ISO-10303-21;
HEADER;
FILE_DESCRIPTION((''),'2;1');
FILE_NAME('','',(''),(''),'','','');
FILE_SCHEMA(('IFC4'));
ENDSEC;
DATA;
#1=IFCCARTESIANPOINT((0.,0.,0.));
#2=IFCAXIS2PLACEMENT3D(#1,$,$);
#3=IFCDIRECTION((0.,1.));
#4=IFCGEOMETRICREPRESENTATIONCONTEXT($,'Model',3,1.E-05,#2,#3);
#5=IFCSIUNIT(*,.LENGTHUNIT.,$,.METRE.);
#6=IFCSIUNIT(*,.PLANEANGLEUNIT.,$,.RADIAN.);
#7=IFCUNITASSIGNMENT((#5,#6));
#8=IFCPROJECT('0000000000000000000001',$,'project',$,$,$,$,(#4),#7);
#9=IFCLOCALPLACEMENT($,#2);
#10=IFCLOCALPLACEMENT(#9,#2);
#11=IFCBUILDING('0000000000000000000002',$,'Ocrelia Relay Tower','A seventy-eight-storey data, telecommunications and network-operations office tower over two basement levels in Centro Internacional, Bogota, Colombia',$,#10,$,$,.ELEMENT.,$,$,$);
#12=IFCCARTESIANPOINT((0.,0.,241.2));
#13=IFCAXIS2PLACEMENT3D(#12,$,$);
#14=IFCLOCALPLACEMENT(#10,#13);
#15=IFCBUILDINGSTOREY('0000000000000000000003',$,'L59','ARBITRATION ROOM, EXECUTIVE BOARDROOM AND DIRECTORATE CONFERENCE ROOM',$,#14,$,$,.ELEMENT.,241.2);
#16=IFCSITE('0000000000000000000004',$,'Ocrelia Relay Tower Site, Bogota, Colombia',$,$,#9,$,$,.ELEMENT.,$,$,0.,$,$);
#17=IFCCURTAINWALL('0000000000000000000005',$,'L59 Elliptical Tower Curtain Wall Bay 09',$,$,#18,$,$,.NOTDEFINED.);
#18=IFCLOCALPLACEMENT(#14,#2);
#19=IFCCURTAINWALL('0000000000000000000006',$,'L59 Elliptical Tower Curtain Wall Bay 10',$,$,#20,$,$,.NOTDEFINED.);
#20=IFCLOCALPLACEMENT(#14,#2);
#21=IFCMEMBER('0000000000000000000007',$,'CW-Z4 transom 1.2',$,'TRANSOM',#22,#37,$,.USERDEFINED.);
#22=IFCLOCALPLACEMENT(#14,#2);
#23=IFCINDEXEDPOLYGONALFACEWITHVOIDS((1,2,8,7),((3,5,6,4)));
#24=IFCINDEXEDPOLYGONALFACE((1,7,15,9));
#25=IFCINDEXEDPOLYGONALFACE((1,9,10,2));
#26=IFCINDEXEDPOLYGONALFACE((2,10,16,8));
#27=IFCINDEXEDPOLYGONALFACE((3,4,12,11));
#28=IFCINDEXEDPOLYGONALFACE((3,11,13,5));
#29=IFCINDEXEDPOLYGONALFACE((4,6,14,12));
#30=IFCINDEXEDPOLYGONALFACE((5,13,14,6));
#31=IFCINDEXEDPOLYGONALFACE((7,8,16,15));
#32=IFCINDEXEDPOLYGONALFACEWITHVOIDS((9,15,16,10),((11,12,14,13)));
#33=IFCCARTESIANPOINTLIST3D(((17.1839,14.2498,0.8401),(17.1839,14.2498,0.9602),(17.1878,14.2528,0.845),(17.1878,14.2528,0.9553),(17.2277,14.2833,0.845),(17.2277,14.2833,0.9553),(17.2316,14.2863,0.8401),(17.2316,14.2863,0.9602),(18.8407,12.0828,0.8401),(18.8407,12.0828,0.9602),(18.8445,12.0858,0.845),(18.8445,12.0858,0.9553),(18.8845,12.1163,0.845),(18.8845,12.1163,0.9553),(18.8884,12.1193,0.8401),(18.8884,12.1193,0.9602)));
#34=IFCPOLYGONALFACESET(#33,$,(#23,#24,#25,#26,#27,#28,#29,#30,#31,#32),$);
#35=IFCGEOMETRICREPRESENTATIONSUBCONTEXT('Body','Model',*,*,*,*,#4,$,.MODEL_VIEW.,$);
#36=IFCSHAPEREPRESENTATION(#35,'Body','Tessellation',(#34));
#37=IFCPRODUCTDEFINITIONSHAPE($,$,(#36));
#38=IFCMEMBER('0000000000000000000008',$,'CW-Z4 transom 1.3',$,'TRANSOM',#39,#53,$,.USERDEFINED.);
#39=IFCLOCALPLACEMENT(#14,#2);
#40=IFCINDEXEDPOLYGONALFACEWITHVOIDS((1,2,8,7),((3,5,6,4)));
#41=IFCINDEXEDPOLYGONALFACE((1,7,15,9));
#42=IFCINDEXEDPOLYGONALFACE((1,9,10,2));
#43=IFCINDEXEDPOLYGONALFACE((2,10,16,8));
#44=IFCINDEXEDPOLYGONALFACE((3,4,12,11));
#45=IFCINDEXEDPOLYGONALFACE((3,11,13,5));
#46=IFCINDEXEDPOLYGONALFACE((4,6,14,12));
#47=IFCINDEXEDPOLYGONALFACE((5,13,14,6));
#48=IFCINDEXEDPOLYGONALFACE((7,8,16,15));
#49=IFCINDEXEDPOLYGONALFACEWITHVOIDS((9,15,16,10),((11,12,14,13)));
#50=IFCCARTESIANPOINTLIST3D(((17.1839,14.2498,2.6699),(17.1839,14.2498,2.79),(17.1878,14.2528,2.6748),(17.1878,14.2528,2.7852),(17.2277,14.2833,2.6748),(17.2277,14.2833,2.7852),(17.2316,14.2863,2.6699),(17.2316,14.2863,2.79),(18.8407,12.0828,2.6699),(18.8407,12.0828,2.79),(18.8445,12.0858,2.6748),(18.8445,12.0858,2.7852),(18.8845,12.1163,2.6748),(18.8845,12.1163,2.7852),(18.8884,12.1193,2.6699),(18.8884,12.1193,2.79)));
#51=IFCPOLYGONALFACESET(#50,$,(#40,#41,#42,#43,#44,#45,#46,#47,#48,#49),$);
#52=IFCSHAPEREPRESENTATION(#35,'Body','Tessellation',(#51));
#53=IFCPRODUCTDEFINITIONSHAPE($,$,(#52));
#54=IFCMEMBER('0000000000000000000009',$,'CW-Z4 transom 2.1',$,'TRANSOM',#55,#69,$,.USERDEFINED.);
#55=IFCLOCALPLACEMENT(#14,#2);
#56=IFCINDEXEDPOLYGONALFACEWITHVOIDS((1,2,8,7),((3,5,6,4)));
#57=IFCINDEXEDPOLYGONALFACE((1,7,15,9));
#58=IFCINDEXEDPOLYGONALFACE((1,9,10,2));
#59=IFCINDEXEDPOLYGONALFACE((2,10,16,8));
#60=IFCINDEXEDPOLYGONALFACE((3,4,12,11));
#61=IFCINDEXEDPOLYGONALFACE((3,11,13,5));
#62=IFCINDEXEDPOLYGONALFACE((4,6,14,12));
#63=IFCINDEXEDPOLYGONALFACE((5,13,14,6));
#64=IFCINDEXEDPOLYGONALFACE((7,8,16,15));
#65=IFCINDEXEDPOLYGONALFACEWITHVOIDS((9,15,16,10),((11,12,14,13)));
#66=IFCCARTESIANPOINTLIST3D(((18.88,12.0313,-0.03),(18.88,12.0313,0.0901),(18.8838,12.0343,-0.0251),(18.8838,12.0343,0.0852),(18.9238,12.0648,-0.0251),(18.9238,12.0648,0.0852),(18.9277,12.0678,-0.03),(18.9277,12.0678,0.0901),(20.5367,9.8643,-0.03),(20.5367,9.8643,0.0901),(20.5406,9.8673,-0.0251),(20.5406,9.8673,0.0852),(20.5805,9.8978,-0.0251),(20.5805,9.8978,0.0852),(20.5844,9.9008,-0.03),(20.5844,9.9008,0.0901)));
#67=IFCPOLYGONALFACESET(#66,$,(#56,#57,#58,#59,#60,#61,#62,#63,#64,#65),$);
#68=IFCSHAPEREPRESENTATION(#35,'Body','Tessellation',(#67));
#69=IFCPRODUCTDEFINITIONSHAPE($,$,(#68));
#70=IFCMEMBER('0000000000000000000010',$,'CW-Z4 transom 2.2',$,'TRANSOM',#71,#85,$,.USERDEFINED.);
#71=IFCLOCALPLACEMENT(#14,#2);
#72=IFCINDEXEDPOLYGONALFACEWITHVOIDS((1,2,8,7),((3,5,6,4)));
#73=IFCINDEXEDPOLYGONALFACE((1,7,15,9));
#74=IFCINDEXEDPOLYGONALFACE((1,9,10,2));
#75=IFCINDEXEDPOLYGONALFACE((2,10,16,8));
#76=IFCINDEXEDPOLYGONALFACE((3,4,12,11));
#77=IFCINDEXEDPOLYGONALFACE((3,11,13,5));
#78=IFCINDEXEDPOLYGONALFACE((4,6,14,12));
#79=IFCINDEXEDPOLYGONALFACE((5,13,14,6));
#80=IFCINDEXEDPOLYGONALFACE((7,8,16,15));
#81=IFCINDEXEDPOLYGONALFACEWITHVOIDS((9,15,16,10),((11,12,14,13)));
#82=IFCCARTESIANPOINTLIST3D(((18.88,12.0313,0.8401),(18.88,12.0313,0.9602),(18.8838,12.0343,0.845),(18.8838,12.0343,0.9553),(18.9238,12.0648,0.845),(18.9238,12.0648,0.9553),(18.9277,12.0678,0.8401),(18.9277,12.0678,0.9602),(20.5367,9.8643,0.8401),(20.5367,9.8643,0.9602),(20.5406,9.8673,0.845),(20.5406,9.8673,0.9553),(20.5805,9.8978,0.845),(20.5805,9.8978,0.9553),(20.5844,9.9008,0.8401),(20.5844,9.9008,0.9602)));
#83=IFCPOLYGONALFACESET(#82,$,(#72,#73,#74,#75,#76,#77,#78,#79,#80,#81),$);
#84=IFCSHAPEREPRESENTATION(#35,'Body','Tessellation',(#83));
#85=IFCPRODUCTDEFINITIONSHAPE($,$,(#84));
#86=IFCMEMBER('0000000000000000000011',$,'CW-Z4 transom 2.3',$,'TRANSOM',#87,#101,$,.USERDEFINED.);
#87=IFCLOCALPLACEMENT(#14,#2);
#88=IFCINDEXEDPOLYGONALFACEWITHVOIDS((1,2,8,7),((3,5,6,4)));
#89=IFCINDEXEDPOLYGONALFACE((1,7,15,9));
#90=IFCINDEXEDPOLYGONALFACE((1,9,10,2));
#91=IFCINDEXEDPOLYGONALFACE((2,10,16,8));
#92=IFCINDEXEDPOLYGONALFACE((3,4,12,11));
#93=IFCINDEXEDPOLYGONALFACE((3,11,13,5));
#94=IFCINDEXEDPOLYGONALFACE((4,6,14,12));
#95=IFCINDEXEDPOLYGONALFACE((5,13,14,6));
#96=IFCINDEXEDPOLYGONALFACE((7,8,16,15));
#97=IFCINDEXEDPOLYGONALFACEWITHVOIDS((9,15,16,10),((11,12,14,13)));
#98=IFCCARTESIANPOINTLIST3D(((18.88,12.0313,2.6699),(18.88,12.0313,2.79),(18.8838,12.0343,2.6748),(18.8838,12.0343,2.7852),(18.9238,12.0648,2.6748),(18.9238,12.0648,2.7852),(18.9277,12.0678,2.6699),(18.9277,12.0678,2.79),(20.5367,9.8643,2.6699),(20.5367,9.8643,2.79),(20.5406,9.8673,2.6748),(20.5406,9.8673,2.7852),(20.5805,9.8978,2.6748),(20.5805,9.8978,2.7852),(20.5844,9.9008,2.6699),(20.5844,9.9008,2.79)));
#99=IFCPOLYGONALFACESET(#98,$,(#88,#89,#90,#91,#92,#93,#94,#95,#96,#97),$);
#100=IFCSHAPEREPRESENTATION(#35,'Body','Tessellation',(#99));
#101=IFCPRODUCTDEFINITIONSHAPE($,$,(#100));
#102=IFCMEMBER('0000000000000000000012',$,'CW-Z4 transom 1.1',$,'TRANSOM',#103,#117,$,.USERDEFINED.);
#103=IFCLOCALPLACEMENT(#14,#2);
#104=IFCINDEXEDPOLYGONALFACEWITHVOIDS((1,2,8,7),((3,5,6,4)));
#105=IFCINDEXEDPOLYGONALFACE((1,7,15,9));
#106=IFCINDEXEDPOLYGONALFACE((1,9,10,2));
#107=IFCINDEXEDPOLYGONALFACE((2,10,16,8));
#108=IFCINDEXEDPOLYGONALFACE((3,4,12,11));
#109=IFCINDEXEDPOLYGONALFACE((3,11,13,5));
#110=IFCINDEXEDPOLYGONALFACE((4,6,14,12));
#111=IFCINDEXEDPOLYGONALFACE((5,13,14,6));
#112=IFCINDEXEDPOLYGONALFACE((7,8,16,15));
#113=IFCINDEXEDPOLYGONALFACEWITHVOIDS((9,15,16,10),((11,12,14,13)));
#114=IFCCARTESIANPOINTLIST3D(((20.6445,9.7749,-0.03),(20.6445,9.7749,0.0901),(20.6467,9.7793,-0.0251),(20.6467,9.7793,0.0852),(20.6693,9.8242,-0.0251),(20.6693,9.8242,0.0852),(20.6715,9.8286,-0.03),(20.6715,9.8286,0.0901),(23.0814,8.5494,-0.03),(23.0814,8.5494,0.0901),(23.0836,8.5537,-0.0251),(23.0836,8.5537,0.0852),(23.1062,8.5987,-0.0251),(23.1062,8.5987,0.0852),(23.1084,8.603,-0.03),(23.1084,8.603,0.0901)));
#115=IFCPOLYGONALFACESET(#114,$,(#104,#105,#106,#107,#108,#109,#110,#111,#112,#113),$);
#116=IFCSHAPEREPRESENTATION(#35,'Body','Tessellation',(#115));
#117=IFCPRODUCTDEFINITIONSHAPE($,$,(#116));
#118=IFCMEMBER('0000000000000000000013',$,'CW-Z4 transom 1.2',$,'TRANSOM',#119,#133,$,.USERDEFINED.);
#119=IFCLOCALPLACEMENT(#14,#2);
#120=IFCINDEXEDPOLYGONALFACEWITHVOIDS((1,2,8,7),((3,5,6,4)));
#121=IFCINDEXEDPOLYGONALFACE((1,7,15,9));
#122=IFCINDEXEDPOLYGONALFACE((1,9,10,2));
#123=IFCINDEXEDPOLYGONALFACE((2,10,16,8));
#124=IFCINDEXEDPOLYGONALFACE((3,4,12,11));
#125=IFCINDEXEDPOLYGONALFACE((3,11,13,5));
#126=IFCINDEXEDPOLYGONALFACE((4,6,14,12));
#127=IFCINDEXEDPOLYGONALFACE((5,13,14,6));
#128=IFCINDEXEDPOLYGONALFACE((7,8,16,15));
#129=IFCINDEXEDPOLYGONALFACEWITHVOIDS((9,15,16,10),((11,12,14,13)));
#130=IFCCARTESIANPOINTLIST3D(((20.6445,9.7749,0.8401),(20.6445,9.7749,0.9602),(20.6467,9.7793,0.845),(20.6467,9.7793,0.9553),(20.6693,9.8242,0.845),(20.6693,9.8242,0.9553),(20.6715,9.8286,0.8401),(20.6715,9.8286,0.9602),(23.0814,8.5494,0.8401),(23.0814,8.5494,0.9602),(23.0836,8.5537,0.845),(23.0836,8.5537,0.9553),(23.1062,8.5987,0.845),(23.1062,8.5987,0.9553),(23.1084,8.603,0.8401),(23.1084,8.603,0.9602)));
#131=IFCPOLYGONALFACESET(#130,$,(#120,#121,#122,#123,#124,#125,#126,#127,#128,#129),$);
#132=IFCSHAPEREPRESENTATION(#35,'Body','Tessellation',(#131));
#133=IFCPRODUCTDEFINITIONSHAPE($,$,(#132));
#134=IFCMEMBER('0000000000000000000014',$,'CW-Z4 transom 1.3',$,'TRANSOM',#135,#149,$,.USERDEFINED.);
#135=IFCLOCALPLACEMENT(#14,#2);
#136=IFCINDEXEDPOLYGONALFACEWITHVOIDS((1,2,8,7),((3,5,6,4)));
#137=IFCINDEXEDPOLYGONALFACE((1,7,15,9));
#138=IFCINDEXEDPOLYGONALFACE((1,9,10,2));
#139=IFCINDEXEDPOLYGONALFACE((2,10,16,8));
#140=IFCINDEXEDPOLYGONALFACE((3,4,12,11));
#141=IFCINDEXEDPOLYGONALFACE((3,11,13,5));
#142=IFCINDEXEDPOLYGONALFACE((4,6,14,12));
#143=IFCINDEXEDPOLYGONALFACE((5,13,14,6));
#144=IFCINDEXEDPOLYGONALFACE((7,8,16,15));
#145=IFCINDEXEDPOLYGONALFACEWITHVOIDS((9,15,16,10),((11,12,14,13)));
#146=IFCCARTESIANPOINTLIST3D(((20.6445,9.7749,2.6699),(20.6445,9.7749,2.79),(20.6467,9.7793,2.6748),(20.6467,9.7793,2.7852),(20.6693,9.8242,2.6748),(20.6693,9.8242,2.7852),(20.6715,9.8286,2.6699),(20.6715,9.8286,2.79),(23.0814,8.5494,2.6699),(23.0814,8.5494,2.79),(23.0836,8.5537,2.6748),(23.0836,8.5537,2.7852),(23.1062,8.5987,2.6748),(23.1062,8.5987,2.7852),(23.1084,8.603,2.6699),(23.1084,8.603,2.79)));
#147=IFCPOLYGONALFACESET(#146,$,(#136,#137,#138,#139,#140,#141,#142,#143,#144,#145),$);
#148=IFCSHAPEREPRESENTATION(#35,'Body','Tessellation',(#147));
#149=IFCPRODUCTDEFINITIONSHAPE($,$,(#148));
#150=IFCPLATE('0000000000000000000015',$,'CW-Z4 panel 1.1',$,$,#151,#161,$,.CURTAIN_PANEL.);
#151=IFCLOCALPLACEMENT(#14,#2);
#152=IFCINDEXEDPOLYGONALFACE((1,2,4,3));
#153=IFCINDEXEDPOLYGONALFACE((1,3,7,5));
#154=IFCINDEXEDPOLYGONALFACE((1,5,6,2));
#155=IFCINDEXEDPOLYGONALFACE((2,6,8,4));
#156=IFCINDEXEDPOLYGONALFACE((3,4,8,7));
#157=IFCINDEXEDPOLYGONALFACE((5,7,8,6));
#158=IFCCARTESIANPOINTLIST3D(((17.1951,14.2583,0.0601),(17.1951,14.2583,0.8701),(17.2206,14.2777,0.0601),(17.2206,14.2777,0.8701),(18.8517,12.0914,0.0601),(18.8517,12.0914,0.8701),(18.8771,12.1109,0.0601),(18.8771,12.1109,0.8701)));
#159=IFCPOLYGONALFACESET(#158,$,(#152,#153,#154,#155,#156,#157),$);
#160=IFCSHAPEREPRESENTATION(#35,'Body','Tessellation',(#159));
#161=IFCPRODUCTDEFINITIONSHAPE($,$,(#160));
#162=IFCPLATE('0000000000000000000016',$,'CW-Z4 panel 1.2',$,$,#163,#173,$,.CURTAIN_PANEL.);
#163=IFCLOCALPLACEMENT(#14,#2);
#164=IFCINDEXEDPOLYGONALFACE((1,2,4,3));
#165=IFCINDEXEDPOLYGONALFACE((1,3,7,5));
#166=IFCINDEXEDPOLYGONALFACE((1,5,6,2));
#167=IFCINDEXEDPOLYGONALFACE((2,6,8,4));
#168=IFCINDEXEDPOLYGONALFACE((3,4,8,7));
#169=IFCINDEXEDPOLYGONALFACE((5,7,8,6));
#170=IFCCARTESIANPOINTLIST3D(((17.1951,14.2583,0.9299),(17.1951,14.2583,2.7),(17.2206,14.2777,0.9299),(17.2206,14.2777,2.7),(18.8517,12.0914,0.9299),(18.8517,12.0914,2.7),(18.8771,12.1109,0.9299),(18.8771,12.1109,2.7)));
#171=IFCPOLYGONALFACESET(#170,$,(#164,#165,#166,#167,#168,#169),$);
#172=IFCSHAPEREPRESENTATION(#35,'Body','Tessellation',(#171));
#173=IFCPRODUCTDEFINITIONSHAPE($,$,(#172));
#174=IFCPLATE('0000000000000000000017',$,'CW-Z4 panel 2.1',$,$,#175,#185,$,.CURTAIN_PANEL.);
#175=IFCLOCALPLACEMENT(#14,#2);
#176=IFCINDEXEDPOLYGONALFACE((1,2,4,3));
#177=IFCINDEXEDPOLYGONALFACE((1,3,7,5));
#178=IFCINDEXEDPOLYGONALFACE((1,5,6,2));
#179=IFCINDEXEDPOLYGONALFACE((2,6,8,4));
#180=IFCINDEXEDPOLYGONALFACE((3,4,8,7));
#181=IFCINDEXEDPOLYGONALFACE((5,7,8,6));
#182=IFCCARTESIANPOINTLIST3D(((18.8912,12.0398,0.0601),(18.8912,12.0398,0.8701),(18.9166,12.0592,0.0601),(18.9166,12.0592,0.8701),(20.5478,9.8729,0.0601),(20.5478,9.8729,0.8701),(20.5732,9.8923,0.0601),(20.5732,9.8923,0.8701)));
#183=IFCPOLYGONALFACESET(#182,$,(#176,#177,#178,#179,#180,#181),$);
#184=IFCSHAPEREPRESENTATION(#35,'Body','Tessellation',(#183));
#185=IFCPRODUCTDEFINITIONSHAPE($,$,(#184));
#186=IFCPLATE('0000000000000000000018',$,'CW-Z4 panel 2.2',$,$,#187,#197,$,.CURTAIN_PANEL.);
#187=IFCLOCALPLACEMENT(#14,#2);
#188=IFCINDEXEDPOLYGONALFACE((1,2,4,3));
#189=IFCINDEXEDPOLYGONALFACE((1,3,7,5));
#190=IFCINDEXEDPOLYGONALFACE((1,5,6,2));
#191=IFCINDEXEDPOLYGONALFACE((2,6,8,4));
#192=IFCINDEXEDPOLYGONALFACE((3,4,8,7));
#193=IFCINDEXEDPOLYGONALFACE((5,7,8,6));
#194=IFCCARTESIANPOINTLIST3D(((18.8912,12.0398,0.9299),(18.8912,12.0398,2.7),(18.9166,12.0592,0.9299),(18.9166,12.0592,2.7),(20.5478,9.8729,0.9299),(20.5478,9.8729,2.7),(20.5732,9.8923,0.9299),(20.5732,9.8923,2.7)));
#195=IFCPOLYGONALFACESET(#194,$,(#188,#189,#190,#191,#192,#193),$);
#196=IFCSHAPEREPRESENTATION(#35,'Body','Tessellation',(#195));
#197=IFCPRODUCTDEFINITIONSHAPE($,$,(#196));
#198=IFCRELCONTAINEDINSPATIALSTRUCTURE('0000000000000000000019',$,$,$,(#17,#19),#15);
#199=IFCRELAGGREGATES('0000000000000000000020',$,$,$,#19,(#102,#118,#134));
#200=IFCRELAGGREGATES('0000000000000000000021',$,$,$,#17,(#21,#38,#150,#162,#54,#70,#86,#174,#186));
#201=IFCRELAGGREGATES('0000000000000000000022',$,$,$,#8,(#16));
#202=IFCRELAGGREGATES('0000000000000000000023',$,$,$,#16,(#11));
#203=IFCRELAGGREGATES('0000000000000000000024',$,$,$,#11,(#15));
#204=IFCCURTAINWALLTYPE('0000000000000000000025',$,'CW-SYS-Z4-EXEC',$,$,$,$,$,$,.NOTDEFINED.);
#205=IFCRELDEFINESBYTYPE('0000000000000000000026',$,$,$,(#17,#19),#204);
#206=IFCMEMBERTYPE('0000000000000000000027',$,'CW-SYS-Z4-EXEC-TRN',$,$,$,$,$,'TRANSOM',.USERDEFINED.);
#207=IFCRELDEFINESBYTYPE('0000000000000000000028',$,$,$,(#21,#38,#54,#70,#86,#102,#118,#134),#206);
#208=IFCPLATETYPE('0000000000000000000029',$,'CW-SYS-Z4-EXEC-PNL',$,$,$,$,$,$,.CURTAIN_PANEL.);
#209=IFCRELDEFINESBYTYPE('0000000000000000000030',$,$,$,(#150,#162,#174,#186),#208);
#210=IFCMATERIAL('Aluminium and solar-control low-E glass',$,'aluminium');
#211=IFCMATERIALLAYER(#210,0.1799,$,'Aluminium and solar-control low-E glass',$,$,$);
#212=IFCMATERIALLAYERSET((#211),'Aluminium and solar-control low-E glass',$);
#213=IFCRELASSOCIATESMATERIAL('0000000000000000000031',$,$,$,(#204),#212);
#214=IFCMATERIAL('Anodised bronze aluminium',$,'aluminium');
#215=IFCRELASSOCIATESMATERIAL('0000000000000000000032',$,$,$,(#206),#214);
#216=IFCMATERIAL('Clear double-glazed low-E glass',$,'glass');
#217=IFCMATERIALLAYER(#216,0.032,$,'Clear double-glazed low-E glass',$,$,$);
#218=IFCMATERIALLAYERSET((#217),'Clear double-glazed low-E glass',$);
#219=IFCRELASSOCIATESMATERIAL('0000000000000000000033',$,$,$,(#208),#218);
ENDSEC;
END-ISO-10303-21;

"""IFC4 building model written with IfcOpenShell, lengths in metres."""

from ifc_helpers import new_model, si_unit, direction, frame, origin, origin_2d, place, context, subcontext, project, spatial, rectangle, hollow_rectangle, extrude, material, layer, layer_set, material_profile, profile_set, type_object, element, aggregate, save


model = new_model("IFC4")

# Units and contexts
model_context = context("Model", 3, precision=1e-05, world=origin(), true_north=direction((0.0, 1.0)))
body_context = subcontext(model_context, "Body", "Model", "MODEL_VIEW")
ifc_project = project(units=[si_unit("LENGTHUNIT", "METRE"), si_unit("PLANEANGLEUNIT", "RADIAN")], contexts=[model_context])

# Site, building, storey
site_placement = place(None, origin())
site = spatial("IfcSite", under=ifc_project, at=site_placement, Name="Ocrelia Relay Tower Site, Bogota, Colombia", CompositionType="ELEMENT", RefElevation=0.0)
building_placement = place(site_placement, origin())
building = spatial("IfcBuilding", under=site, at=building_placement, Name="Ocrelia Relay Tower", Description="A seventy-eight-storey data, telecommunications and network-operations office tower over two basement levels in Centro Internacional, Bogota, Colombia", CompositionType="ELEMENT")
storey_placement = place(building_placement, frame((0.0, 0.0, 241.2)))
storey = spatial("IfcBuildingStorey", under=building, at=storey_placement, Name="L59", Description="ARBITRATION ROOM, EXECUTIVE BOARDROOM AND DIRECTORATE CONFERENCE ROOM", CompositionType="ELEMENT", Elevation=241.2)

# Curtain wall
ifc_material_1 = material(Name="Aluminium and solar-control low-E glass", Category="aluminium")
ifc_layer_1 = layer(ifc_material_1, 0.1799, Name="Aluminium and solar-control low-E glass")
ifc_layer_set_1 = layer_set([ifc_layer_1], Name="Aluminium and solar-control low-E glass")
curtain_wall_type = type_object("IfcCurtainWallType", Name="CW-SYS-Z4-EXEC", PredefinedType="NOTDEFINED", material=ifc_layer_set_1)
curtain_wall_1_placement = place(storey_placement, origin())
curtain_wall_1 = element("IfcCurtainWall", 1, at=curtain_wall_1_placement, inside=storey, type_object=curtain_wall_type, Name="L59 Elliptical Tower Curtain Wall Bay 09", PredefinedType="NOTDEFINED")
ifc_material_2 = material(Name="Anodised bronze aluminium", Category="aluminium")

# Curtain wall
curtain_wall_2_placement = place(storey_placement, origin())
curtain_wall_2 = element("IfcCurtainWall", 2, at=curtain_wall_2_placement, inside=storey, type_object=curtain_wall_type, Name="L59 Elliptical Tower Curtain Wall Bay 10", PredefinedType="NOTDEFINED")

# Members
ifc_material_profile_1 = material_profile(ifc_material_2, hollow_rectangle(XDim=0.0601, YDim=0.1201, WallThickness=0.0049, at=origin_2d()), Name="CW-TRN-120x60")
ifc_profile_set_1 = profile_set([ifc_material_profile_1], Name="Anodised bronze aluminium")
member_type_1 = type_object("IfcMemberType", Name="CW-SYS-Z4-EXEC-TRN", ElementType="TRANSOM", PredefinedType="USERDEFINED", material=ifc_profile_set_1)
member_1_placement = place(storey_placement, frame((17.2078, 14.2681, 0.9001), z_axis=(0.607364, -0.794424, 0.0), x_axis=(0.794424, 0.607364, 0.0)))
member_1 = element("IfcMember", 3, at=member_1_placement, type_object=member_type_1, Name="CW-Z4 transom 1.2", ObjectType="TRANSOM", PredefinedType="USERDEFINED", context=body_context, shape_type="SweptSolid", body=[
    extrude(hollow_rectangle(XDim=0.0601, YDim=0.1201, WallThickness=0.0049, at=origin_2d()), origin(), (0.0, 0.0, 1.0), 2.7278),
])
member_2_placement = place(storey_placement, frame((17.2078, 14.2681, 2.73), z_axis=(0.607364, -0.794424, 0.0), x_axis=(0.794424, 0.607364, 0.0)))
member_2 = element("IfcMember", 4, at=member_2_placement, type_object=member_type_1, Name="CW-Z4 transom 1.3", ObjectType="TRANSOM", PredefinedType="USERDEFINED", context=body_context, shape_type="SweptSolid", body=[
    extrude(hollow_rectangle(XDim=0.0601, YDim=0.1201, WallThickness=0.0049, at=origin_2d()), origin(), (0.0, 0.0, 1.0), 2.7278),
])
member_3_placement = place(storey_placement, frame((18.9038, 12.0496, 0.03), z_axis=(0.607364, -0.794424, 0.0), x_axis=(0.794424, 0.607364, 0.0)))
member_3 = element("IfcMember", 5, at=member_3_placement, type_object=member_type_1, Name="CW-Z4 transom 2.1", ObjectType="TRANSOM", PredefinedType="USERDEFINED", context=body_context, shape_type="SweptSolid", body=[
    extrude(hollow_rectangle(XDim=0.0601, YDim=0.1201, WallThickness=0.0049, at=origin_2d()), origin(), (0.0, 0.0, 1.0), 2.7278),
])
member_4_placement = place(storey_placement, frame((18.9038, 12.0496, 0.9001), z_axis=(0.607364, -0.794424, 0.0), x_axis=(0.794424, 0.607364, 0.0)))
member_4 = element("IfcMember", 6, at=member_4_placement, type_object=member_type_1, Name="CW-Z4 transom 2.2", ObjectType="TRANSOM", PredefinedType="USERDEFINED", context=body_context, shape_type="SweptSolid", body=[
    extrude(hollow_rectangle(XDim=0.0601, YDim=0.1201, WallThickness=0.0049, at=origin_2d()), origin(), (0.0, 0.0, 1.0), 2.7278),
])
member_5_placement = place(storey_placement, frame((18.9038, 12.0496, 2.73), z_axis=(0.607364, -0.794424, 0.0), x_axis=(0.794424, 0.607364, 0.0)))
member_5 = element("IfcMember", 7, at=member_5_placement, type_object=member_type_1, Name="CW-Z4 transom 2.3", ObjectType="TRANSOM", PredefinedType="USERDEFINED", context=body_context, shape_type="SweptSolid", body=[
    extrude(hollow_rectangle(XDim=0.0601, YDim=0.1201, WallThickness=0.0049, at=origin_2d()), origin(), (0.0, 0.0, 1.0), 2.7278),
])
member_6_placement = place(storey_placement, frame((20.658, 9.8018, 0.03), z_axis=(0.893387, -0.449289, 0.0), x_axis=(0.449289, 0.893387, 0.0)))
member_6 = element("IfcMember", 8, at=member_6_placement, type_object=member_type_1, Name="CW-Z4 transom 1.1", ObjectType="TRANSOM", PredefinedType="USERDEFINED", context=body_context, shape_type="SweptSolid", body=[
    extrude(hollow_rectangle(XDim=0.0601, YDim=0.1201, WallThickness=0.0049, at=origin_2d()), origin(), (0.0, 0.0, 1.0), 2.7278),
])
member_7_placement = place(storey_placement, frame((20.658, 9.8018, 0.9001), z_axis=(0.893387, -0.449289, 0.0), x_axis=(0.449289, 0.893387, 0.0)))
member_7 = element("IfcMember", 9, at=member_7_placement, type_object=member_type_1, Name="CW-Z4 transom 1.2", ObjectType="TRANSOM", PredefinedType="USERDEFINED", context=body_context, shape_type="SweptSolid", body=[
    extrude(hollow_rectangle(XDim=0.0601, YDim=0.1201, WallThickness=0.0049, at=origin_2d()), origin(), (0.0, 0.0, 1.0), 2.7278),
])
member_8_placement = place(storey_placement, frame((20.658, 9.8018, 2.73), z_axis=(0.893387, -0.449289, 0.0), x_axis=(0.449289, 0.893387, 0.0)))
member_8 = element("IfcMember", 10, at=member_8_placement, type_object=member_type_1, Name="CW-Z4 transom 1.3", ObjectType="TRANSOM", PredefinedType="USERDEFINED", context=body_context, shape_type="SweptSolid", body=[
    extrude(hollow_rectangle(XDim=0.0601, YDim=0.1201, WallThickness=0.0049, at=origin_2d()), origin(), (0.0, 0.0, 1.0), 2.7278),
])
aggregate(curtain_wall_2, [member_6, member_7, member_8])

# Plates
ifc_material_3 = material(Name="Clear double-glazed low-E glass", Category="glass")
ifc_layer_2 = layer(ifc_material_3, 0.032, Name="Clear double-glazed low-E glass")
ifc_layer_set_2 = layer_set([ifc_layer_2], Name="Clear double-glazed low-E glass")
plate_type = type_object("IfcPlateType", Name="CW-SYS-Z4-EXEC-PNL", PredefinedType="CURTAIN_PANEL", material=ifc_layer_set_2)
plate_1_placement = place(storey_placement, frame((18.0361, 13.1846, 0.0601), z_axis=(0.0, 0.0, 1.0), x_axis=(0.607348, -0.794436, 0.0)))
plate_1 = element("IfcPlate", 11, at=plate_1_placement, type_object=plate_type, Name="CW-Z4 panel 1.1", PredefinedType="CURTAIN_PANEL", context=body_context, shape_type="SweptSolid", body=[
    extrude(rectangle(XDim=2.7275, YDim=0.032, at=origin_2d()), origin(), (0.0, 0.0, 1.0), 0.8101),
])
plate_2_placement = place(storey_placement, frame((18.0361, 13.1846, 0.9299), z_axis=(0.0, 0.0, 1.0), x_axis=(0.607348, -0.794436, 0.0)))
plate_2 = element("IfcPlate", 12, at=plate_2_placement, type_object=plate_type, Name="CW-Z4 panel 1.2", PredefinedType="CURTAIN_PANEL", context=body_context, shape_type="SweptSolid", body=[
    extrude(rectangle(XDim=2.7275, YDim=0.032, at=origin_2d()), origin(), (0.0, 0.0, 1.0), 1.77),
])
plate_3_placement = place(storey_placement, frame((19.7322, 10.9661, 0.0601), z_axis=(0.0, 0.0, 1.0), x_axis=(0.607348, -0.794436, 0.0)))
plate_3 = element("IfcPlate", 13, at=plate_3_placement, type_object=plate_type, Name="CW-Z4 panel 2.1", PredefinedType="CURTAIN_PANEL", context=body_context, shape_type="SweptSolid", body=[
    extrude(rectangle(XDim=2.7275, YDim=0.032, at=origin_2d()), origin(), (0.0, 0.0, 1.0), 0.8101),
])
plate_4_placement = place(storey_placement, frame((19.7322, 10.9661, 0.9299), z_axis=(0.0, 0.0, 1.0), x_axis=(0.607348, -0.794436, 0.0)))
plate_4 = element("IfcPlate", 14, at=plate_4_placement, type_object=plate_type, Name="CW-Z4 panel 2.2", PredefinedType="CURTAIN_PANEL", context=body_context, shape_type="SweptSolid", body=[
    extrude(rectangle(XDim=2.7275, YDim=0.032, at=origin_2d()), origin(), (0.0, 0.0, 1.0), 1.77),
])
aggregate(curtain_wall_1, [member_1, member_2, plate_1, plate_2, member_3, member_4, member_5, plate_3, plate_4])

save(model, "model.ifc")
